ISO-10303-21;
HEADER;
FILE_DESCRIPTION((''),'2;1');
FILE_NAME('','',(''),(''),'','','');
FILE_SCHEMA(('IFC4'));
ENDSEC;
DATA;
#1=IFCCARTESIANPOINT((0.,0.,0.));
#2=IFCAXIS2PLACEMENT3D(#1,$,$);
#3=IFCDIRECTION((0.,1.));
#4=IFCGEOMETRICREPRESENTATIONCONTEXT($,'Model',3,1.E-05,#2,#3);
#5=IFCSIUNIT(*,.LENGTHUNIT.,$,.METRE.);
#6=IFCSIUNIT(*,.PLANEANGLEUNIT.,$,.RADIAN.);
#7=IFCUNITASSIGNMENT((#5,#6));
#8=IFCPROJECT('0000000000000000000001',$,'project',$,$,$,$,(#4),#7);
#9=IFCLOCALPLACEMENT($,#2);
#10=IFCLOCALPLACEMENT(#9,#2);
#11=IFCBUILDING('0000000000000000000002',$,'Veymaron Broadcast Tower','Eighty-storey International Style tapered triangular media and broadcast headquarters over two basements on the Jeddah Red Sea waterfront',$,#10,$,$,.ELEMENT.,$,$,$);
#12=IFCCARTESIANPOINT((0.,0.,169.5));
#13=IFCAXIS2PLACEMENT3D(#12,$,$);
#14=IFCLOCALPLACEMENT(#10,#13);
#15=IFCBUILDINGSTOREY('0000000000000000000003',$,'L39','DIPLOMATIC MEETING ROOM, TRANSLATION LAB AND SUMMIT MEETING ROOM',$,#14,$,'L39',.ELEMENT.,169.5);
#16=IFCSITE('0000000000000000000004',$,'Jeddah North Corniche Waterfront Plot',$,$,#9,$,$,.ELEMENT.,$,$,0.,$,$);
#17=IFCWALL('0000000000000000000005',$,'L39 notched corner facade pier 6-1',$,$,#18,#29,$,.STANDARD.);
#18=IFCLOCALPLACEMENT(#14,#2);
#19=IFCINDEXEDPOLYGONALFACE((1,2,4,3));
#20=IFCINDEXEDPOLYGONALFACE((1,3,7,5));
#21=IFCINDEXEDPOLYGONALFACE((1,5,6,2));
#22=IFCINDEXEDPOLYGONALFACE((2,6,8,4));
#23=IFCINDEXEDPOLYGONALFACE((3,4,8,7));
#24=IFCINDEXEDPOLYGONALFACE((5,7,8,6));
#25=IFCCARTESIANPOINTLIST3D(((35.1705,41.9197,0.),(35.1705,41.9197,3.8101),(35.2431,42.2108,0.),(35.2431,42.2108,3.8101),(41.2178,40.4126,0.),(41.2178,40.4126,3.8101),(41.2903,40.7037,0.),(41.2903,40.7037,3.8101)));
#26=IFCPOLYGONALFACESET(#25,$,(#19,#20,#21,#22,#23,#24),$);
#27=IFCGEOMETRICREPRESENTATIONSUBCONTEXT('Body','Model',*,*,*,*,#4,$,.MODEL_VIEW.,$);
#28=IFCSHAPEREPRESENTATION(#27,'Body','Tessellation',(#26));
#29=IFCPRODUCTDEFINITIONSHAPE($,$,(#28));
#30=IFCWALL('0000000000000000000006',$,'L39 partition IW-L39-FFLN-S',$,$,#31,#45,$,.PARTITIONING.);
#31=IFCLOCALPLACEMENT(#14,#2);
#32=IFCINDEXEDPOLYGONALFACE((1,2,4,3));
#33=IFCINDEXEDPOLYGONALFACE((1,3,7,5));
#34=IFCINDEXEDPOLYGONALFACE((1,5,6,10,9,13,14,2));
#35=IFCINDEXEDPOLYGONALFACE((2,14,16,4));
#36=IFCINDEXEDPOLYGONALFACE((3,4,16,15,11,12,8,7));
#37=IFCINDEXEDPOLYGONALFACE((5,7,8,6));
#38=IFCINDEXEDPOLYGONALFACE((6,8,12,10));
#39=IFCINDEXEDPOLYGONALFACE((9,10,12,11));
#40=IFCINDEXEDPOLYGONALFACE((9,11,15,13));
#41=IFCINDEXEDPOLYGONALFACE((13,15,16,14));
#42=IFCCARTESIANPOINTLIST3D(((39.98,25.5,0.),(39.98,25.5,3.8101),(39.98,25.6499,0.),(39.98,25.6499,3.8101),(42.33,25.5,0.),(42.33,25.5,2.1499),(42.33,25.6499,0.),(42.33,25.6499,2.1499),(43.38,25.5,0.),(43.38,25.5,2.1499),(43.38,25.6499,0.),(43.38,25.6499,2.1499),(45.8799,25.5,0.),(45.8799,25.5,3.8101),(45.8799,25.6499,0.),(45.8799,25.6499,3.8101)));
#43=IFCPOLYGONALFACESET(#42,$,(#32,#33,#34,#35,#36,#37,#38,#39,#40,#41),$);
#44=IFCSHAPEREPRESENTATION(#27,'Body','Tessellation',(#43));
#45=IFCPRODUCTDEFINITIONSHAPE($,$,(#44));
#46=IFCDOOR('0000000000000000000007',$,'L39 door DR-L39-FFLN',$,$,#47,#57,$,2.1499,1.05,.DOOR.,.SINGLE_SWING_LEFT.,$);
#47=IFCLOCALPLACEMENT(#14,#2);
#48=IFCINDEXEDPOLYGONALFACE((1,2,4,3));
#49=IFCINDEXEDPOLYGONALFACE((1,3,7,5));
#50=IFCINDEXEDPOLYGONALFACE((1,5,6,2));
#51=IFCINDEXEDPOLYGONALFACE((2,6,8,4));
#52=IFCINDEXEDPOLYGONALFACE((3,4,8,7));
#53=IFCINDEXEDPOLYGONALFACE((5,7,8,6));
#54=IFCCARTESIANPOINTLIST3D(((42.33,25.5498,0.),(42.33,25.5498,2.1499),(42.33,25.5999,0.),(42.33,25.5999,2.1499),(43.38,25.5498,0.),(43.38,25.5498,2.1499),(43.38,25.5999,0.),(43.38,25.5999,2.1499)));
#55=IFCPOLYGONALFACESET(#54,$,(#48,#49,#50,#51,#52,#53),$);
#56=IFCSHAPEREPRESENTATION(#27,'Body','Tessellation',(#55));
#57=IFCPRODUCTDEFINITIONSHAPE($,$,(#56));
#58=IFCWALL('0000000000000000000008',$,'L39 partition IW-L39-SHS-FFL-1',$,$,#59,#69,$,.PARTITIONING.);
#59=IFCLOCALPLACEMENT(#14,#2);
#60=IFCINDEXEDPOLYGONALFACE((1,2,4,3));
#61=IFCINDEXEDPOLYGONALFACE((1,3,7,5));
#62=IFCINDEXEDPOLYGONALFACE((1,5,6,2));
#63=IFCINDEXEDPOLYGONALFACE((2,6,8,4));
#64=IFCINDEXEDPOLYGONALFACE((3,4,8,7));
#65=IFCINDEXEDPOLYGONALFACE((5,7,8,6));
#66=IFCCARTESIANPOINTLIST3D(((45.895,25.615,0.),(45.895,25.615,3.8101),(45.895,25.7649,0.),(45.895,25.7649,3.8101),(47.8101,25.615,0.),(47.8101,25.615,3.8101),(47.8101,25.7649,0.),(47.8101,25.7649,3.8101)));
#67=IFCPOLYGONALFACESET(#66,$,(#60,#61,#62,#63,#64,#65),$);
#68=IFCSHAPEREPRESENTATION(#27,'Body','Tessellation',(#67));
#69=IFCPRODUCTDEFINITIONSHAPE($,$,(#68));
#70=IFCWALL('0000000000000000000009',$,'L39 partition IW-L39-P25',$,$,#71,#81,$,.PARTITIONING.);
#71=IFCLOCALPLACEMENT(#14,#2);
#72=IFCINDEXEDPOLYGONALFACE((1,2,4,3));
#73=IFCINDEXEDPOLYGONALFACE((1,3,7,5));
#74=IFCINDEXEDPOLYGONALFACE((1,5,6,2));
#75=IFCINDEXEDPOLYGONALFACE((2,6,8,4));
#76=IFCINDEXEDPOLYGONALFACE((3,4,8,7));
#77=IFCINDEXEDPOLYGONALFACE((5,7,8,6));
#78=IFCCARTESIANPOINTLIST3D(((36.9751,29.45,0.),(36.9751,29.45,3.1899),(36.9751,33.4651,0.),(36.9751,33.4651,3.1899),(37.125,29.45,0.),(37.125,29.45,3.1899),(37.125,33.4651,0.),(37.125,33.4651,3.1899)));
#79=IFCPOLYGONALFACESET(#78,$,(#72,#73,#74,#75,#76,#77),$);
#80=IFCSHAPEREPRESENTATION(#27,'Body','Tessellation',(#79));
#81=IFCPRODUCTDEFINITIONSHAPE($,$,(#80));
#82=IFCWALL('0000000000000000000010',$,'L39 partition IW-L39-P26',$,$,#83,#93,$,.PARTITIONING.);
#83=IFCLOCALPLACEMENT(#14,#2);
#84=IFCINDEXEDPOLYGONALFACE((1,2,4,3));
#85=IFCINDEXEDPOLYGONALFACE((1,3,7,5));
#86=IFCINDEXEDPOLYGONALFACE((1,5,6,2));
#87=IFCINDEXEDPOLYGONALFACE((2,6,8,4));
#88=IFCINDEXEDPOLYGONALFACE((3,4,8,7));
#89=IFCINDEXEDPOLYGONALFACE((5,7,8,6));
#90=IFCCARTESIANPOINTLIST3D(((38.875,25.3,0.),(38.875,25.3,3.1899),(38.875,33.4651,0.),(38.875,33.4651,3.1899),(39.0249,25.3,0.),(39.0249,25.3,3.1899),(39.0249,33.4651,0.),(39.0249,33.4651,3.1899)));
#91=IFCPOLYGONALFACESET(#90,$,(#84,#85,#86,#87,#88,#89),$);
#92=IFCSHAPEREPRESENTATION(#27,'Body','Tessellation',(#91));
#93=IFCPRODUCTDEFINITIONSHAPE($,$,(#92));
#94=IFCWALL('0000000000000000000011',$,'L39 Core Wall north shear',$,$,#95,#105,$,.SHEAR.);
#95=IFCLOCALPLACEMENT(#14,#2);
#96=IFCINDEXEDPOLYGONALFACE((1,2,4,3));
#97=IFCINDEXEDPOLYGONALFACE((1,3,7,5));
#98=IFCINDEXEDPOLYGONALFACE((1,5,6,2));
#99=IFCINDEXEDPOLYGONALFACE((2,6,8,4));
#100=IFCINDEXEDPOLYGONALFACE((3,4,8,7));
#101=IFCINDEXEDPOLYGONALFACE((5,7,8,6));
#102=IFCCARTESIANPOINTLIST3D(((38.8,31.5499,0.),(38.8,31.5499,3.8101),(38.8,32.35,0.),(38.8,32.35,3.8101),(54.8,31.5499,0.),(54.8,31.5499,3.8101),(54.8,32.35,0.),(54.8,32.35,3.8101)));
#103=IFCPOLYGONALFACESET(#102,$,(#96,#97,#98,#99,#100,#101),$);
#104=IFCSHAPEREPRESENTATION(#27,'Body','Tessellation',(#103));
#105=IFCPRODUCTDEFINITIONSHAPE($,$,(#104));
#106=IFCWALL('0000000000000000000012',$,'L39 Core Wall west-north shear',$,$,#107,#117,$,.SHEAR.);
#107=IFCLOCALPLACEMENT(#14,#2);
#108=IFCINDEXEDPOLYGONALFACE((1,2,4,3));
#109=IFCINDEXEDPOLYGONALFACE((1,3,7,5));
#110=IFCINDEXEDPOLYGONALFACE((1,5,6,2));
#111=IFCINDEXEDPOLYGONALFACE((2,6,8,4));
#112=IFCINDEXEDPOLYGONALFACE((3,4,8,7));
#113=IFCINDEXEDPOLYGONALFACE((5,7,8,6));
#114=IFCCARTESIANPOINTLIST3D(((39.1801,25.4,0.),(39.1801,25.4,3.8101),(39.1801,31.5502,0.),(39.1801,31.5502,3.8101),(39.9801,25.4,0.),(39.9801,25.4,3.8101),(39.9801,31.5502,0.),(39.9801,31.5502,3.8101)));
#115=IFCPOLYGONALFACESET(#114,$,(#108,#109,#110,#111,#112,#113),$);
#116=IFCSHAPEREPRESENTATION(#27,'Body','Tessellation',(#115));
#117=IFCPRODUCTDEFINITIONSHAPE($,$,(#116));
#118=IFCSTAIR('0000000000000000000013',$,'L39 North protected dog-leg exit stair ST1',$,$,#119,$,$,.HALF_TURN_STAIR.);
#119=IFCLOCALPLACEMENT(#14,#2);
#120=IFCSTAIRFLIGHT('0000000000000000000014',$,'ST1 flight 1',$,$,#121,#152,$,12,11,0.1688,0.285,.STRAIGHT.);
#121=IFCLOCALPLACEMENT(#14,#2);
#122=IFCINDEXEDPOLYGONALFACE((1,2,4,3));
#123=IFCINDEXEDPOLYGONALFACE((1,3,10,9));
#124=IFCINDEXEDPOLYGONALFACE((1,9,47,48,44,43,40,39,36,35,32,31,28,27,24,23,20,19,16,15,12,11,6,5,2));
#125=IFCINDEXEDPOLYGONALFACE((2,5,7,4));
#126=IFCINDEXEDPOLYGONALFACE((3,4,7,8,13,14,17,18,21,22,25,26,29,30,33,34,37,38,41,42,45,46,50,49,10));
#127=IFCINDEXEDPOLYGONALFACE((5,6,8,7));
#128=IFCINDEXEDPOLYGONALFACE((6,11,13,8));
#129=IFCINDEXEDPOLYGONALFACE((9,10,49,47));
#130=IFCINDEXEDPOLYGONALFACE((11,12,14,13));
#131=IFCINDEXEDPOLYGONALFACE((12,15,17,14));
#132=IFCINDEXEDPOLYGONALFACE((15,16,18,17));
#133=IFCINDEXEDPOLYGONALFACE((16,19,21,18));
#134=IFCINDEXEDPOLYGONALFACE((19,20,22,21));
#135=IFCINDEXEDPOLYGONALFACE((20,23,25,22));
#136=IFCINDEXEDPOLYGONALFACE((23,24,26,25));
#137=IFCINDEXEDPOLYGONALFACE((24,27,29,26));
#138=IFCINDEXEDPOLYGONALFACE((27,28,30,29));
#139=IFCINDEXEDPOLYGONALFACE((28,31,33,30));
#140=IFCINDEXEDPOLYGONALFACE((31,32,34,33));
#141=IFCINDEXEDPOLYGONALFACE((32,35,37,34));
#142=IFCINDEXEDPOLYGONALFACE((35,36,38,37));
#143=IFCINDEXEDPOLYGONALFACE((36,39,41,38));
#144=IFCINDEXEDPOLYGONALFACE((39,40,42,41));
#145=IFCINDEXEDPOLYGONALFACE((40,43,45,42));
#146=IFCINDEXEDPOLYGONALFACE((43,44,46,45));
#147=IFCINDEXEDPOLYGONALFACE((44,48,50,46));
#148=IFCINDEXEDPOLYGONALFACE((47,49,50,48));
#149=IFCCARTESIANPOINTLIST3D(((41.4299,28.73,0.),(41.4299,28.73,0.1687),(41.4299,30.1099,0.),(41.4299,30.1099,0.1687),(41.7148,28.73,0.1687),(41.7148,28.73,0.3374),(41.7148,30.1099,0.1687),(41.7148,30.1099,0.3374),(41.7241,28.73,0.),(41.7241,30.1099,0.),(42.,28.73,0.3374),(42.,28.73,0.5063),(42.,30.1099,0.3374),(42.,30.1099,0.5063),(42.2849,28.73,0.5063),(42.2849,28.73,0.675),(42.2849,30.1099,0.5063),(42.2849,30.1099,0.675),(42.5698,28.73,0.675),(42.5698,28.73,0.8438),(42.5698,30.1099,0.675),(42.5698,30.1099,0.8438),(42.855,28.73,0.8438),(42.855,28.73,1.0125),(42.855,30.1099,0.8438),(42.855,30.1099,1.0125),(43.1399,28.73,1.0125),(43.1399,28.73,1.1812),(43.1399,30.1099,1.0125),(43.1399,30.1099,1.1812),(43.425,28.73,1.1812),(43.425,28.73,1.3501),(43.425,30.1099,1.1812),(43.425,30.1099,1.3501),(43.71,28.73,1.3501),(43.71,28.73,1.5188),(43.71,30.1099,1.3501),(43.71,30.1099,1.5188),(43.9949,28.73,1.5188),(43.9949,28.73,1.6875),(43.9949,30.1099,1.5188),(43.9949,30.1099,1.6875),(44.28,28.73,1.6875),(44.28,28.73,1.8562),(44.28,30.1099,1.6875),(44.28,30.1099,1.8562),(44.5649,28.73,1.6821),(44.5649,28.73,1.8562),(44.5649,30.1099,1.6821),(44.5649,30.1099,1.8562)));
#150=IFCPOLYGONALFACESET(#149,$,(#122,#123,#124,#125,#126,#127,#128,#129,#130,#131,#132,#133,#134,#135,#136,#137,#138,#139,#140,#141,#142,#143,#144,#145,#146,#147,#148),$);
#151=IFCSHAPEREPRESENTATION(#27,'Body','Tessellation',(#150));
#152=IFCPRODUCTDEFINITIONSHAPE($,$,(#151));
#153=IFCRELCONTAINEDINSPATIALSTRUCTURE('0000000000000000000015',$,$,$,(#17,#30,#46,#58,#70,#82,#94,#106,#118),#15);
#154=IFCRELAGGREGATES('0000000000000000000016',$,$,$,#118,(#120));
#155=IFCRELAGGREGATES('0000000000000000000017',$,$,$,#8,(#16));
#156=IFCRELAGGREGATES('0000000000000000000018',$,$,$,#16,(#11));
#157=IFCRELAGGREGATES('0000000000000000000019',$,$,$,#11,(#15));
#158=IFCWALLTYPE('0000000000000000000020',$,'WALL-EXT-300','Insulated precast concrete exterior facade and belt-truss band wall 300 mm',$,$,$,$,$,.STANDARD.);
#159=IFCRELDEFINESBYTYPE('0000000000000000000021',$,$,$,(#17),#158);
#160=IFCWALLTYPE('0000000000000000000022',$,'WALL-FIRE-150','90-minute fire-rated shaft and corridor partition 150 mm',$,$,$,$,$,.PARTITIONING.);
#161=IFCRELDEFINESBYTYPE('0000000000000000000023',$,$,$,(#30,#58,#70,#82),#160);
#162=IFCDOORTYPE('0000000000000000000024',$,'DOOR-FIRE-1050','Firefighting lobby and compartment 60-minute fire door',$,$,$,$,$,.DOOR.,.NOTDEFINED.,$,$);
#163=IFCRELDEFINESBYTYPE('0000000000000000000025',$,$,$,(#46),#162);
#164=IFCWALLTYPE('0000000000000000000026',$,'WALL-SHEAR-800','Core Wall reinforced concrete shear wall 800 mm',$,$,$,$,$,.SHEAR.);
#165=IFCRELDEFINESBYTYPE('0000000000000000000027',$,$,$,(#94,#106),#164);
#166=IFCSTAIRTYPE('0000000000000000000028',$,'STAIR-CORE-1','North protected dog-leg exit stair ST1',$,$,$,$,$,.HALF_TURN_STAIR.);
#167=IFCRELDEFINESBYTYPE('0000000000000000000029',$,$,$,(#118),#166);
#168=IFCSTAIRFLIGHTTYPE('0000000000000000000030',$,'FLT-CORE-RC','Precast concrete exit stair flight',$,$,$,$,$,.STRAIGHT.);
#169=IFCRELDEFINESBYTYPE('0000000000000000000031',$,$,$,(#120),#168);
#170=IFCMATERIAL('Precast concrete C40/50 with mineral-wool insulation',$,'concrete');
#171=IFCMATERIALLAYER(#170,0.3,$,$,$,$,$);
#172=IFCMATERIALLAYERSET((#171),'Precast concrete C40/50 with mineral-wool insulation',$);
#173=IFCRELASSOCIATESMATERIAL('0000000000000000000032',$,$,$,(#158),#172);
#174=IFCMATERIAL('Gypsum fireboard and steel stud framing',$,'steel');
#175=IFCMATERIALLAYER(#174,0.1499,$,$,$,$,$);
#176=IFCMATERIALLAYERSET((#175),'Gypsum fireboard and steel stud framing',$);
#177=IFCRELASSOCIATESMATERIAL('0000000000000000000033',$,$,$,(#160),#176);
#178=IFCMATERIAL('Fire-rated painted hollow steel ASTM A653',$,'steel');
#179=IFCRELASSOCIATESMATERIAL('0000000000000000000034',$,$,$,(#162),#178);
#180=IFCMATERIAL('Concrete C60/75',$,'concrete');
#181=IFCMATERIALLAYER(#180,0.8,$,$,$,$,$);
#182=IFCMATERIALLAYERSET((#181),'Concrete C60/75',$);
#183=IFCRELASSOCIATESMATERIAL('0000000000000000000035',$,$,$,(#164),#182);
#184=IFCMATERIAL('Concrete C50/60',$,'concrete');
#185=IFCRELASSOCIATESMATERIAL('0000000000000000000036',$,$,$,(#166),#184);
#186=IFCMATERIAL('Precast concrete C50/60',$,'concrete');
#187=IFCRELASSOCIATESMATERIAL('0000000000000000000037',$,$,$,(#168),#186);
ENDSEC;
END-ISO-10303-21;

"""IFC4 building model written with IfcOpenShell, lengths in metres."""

from ifc_helpers import new_model, si_unit, direction, frame, frame_2d, origin, place, context, subcontext, project, spatial, polyline, rectangle, outline, extrude, material, layer, layer_set, type_object, element, fill, aggregate, save


model = new_model("IFC4")

# Units and contexts
model_context = context("Model", 3, precision=1e-05, world=origin(), true_north=direction((0.0, 1.0)))
body_context = subcontext(model_context, "Body", "Model", "MODEL_VIEW")
ifc_project = project(units=[si_unit("LENGTHUNIT", "METRE"), si_unit("PLANEANGLEUNIT", "RADIAN")], contexts=[model_context])

# Site, building, storey
site_placement = place(None, origin())
site = spatial("IfcSite", under=ifc_project, at=site_placement, Name="Jeddah North Corniche Waterfront Plot", CompositionType="ELEMENT", RefElevation=0.0)
building_placement = place(site_placement, origin())
building = spatial("IfcBuilding", under=site, at=building_placement, Name="Veymaron Broadcast Tower", Description="Eighty-storey International Style tapered triangular media and broadcast headquarters over two basements on the Jeddah Red Sea waterfront", CompositionType="ELEMENT")
storey_placement = place(building_placement, frame((0.0, 0.0, 169.5)))
storey = spatial("IfcBuildingStorey", under=building, at=storey_placement, Name="L39", Description="DIPLOMATIC MEETING ROOM, TRANSLATION LAB AND SUMMIT MEETING ROOM", LongName="L39", CompositionType="ELEMENT", Elevation=169.5)

# Wall
ifc_material_1 = material(Name="Precast concrete C40/50 with mineral-wool insulation", Category="concrete")
ifc_layer_1 = layer(ifc_material_1, 0.3)
ifc_layer_set_1 = layer_set([ifc_layer_1], Name="Precast concrete C40/50 with mineral-wool insulation")
wall_type_1 = type_object("IfcWallType", Name="WALL-EXT-300", Description="Insulated precast concrete exterior facade and belt-truss band wall 300 mm", PredefinedType="STANDARD", material=ifc_layer_set_1)
wall_1_placement = place(storey_placement, frame((41.2542, 40.5581, 0.0), z_axis=(0.0, 0.0, 1.0), x_axis=(-0.97032, 0.241826, 0.0)))
element("IfcWall", 1, at=wall_1_placement, inside=storey, type_object=wall_type_1, Name="L39 notched corner facade pier 6-1", PredefinedType="STANDARD", context=body_context, shape_type="SweptSolid", body=[
    extrude(rectangle(XDim=6.2322, YDim=0.3, at=frame_2d((3.1162, 0.0))), origin(), (0.0, 0.0, 1.0), 3.8101),
])

# Wall, opening, door
ifc_material_2 = material(Name="Gypsum fireboard and steel stud framing", Category="steel")
ifc_layer_2 = layer(ifc_material_2, 0.1499)
ifc_layer_set_2 = layer_set([ifc_layer_2], Name="Gypsum fireboard and steel stud framing")
wall_type_2 = type_object("IfcWallType", Name="WALL-FIRE-150", Description="90-minute fire-rated shaft and corridor partition 150 mm", PredefinedType="PARTITIONING", material=ifc_layer_set_2)
wall_2_placement = place(storey_placement, frame((39.98, 25.575, 0.0), z_axis=(0.0, 0.0, 1.0), x_axis=(1.0, 0.0, 0.0)))
wall_2 = element("IfcWall", 2, at=wall_2_placement, inside=storey, type_object=wall_type_2, Name="L39 partition IW-L39-FFLN-S", PredefinedType="PARTITIONING", context=body_context, shape_type="SweptSolid", body=[
    extrude(rectangle(XDim=5.8999, YDim=0.1499, at=frame_2d((2.95, 0.0))), origin(), (0.0, 0.0, 1.0), 3.8101),
])
opening_1_placement = place(wall_2_placement, frame((2.3501, 0.0, 0.0)))
opening_1 = element("IfcOpeningElement", 3, at=opening_1_placement, cuts=wall_2, PredefinedType="OPENING", context=body_context, shape_type="SweptSolid", body=[
    extrude(rectangle(XDim=1.05, YDim=2.1499, at=frame_2d((0.5249, 1.075))), frame((0.0, 0.085, 0.0), z_axis=(0.0, -1.0, 0.0), x_axis=(1.0, 0.0, 0.0)), (0.0, 0.0, 1.0), 0.1699),
])
ifc_material_3 = material(Name="Fire-rated painted hollow steel ASTM A653", Category="steel")
door_type_1 = type_object("IfcDoorType", Name="DOOR-FIRE-1050", Description="Firefighting lobby and compartment 60-minute fire door", OperationType="NOTDEFINED", PredefinedType="DOOR", material=ifc_material_3)
door_1_placement = place(opening_1_placement, origin())
door_1 = element("IfcDoor", 4, at=door_1_placement, inside=storey, type_object=door_type_1, Name="L39 door DR-L39-FFLN", OperationType="SINGLE_SWING_LEFT", OverallHeight=2.1499, OverallWidth=1.05, PredefinedType="DOOR", context=body_context, shape_type="SweptSolid", body=[
    extrude(rectangle(XDim=1.05, YDim=2.1499, at=frame_2d((0.5249, 1.075))), frame((0.0, 0.0249, 0.0), z_axis=(0.0, -1.0, 0.0), x_axis=(1.0, 0.0, 0.0)), (0.0, 0.0, 1.0), 0.05),
])
fill(opening_1, door_1)

# Wall
wall_3_placement = place(storey_placement, frame((45.895, 25.6899, 0.0), z_axis=(0.0, 0.0, 1.0), x_axis=(1.0, 0.0, 0.0)))
element("IfcWall", 5, at=wall_3_placement, inside=storey, type_object=wall_type_2, Name="L39 partition IW-L39-SHS-FFL-1", PredefinedType="PARTITIONING", context=body_context, shape_type="SweptSolid", body=[
    extrude(rectangle(XDim=1.915, YDim=0.1499, at=frame_2d((0.9575, 0.0))), origin(), (0.0, 0.0, 1.0), 3.8101),
])

# Walls
wall_4_placement = place(storey_placement, frame((37.05, 29.45, 0.0), z_axis=(0.0, 0.0, 1.0), x_axis=(0.0, 1.0, 0.0)))
element("IfcWall", 6, at=wall_4_placement, inside=storey, type_object=wall_type_2, Name="L39 partition IW-L39-P25", PredefinedType="PARTITIONING", context=body_context, shape_type="SweptSolid", body=[
    extrude(rectangle(XDim=4.0151, YDim=0.1499, at=frame_2d((2.0076, 0.0))), origin(), (0.0, 0.0, 1.0), 3.1899),
])
wall_5_placement = place(storey_placement, frame((38.95, 25.3, 0.0), z_axis=(0.0, 0.0, 1.0), x_axis=(0.0, 1.0, 0.0)))
element("IfcWall", 7, at=wall_5_placement, inside=storey, type_object=wall_type_2, Name="L39 partition IW-L39-P26", PredefinedType="PARTITIONING", context=body_context, shape_type="SweptSolid", body=[
    extrude(rectangle(XDim=8.165, YDim=0.1499, at=frame_2d((4.0825, 0.0))), origin(), (0.0, 0.0, 1.0), 3.1899),
])

# Shared definitions
ifc_material_4 = material(Name="Concrete C50/60", Category="concrete")

# Walls
ifc_material_5 = material(Name="Concrete C60/75", Category="concrete")
ifc_layer_3 = layer(ifc_material_5, 0.8)
ifc_layer_set_3 = layer_set([ifc_layer_3], Name="Concrete C60/75")
wall_type_3 = type_object("IfcWallType", Name="WALL-SHEAR-800", Description="Core Wall reinforced concrete shear wall 800 mm", PredefinedType="SHEAR", material=ifc_layer_set_3)
wall_6_placement = place(storey_placement, frame((38.8, 31.95, 0.0), z_axis=(0.0, 0.0, 1.0), x_axis=(1.0, 0.0, 0.0)))
element("IfcWall", 8, at=wall_6_placement, inside=storey, type_object=wall_type_3, Name="L39 Core Wall north shear", PredefinedType="SHEAR", context=body_context, shape_type="SweptSolid", body=[
    extrude(rectangle(XDim=16.0, YDim=0.8, at=frame_2d((8.0, 0.0))), origin(), (0.0, 0.0, 1.0), 3.8101),
])
wall_7_placement = place(storey_placement, frame((39.5801, 25.3999, 0.0), z_axis=(0.0, 0.0, 1.0), x_axis=(0.0, 1.0, 0.0)))
element("IfcWall", 9, at=wall_7_placement, inside=storey, type_object=wall_type_3, Name="L39 Core Wall west-north shear", PredefinedType="SHEAR", context=body_context, shape_type="SweptSolid", body=[
    extrude(rectangle(XDim=6.1501, YDim=0.8, at=frame_2d((3.0752, 0.0))), origin(), (0.0, 0.0, 1.0), 3.8101),
])

# Stair, stair flight
stair_type = type_object("IfcStairType", Name="STAIR-CORE-1", Description="North protected dog-leg exit stair ST1", PredefinedType="HALF_TURN_STAIR", material=ifc_material_4)
stair_placement = place(storey_placement, origin())
stair = element("IfcStair", 10, at=stair_placement, inside=storey, type_object=stair_type, Name="L39 North protected dog-leg exit stair ST1", PredefinedType="HALF_TURN_STAIR")
ifc_material_6 = material(Name="Precast concrete C50/60", Category="concrete")
stair_flight_type = type_object("IfcStairFlightType", Name="FLT-CORE-RC", Description="Precast concrete exit stair flight", PredefinedType="STRAIGHT", material=ifc_material_6)
stair_flight_1_placement = place(storey_placement, frame((41.4299, 29.4199, 0.0), z_axis=(0.0, 0.0, 1.0), x_axis=(1.0, 0.0, 0.0)))
stair_flight_1 = element("IfcStairFlight", 11, at=stair_flight_1_placement, type_object=stair_flight_type, Name="ST1 flight 1", NumberOfRisers=12, NumberOfTreads=11, PredefinedType="STRAIGHT", RiserHeight=0.1688, TreadLength=0.285, context=body_context, shape_type="SweptSolid", body=[
    extrude(outline(polyline([(0.0, 0.0), (0.0, 0.1687), (0.2849, 0.1687), (0.2849, 0.3374), (0.5701, 0.3374), (0.5701, 0.5063), (0.855, 0.5063), (0.855, 0.675), (1.1399, 0.675), (1.1399, 0.8438), (1.425, 0.8438), (1.425, 1.0125), (1.71, 1.0125), (1.71, 1.1812), (1.9951, 1.1812), (1.9951, 1.3501), (2.28, 1.3501), (2.28, 1.5188), (2.5649, 1.5188), (2.5649, 1.6875), (2.8501, 1.6875), (2.8501, 1.8562), (3.135, 1.8562), (3.135, 2.0249), (3.135, 1.6821), (0.2942, 0.0), (0.0, 0.0)])), frame((0.0, 0.6899, 0.0), z_axis=(0.0, -1.0, 0.0), x_axis=(1.0, 0.0, 0.0)), (0.0, 0.0, 1.0), 1.3799),
])
aggregate(stair, [stair_flight_1])

save(model, "model.ifc")
